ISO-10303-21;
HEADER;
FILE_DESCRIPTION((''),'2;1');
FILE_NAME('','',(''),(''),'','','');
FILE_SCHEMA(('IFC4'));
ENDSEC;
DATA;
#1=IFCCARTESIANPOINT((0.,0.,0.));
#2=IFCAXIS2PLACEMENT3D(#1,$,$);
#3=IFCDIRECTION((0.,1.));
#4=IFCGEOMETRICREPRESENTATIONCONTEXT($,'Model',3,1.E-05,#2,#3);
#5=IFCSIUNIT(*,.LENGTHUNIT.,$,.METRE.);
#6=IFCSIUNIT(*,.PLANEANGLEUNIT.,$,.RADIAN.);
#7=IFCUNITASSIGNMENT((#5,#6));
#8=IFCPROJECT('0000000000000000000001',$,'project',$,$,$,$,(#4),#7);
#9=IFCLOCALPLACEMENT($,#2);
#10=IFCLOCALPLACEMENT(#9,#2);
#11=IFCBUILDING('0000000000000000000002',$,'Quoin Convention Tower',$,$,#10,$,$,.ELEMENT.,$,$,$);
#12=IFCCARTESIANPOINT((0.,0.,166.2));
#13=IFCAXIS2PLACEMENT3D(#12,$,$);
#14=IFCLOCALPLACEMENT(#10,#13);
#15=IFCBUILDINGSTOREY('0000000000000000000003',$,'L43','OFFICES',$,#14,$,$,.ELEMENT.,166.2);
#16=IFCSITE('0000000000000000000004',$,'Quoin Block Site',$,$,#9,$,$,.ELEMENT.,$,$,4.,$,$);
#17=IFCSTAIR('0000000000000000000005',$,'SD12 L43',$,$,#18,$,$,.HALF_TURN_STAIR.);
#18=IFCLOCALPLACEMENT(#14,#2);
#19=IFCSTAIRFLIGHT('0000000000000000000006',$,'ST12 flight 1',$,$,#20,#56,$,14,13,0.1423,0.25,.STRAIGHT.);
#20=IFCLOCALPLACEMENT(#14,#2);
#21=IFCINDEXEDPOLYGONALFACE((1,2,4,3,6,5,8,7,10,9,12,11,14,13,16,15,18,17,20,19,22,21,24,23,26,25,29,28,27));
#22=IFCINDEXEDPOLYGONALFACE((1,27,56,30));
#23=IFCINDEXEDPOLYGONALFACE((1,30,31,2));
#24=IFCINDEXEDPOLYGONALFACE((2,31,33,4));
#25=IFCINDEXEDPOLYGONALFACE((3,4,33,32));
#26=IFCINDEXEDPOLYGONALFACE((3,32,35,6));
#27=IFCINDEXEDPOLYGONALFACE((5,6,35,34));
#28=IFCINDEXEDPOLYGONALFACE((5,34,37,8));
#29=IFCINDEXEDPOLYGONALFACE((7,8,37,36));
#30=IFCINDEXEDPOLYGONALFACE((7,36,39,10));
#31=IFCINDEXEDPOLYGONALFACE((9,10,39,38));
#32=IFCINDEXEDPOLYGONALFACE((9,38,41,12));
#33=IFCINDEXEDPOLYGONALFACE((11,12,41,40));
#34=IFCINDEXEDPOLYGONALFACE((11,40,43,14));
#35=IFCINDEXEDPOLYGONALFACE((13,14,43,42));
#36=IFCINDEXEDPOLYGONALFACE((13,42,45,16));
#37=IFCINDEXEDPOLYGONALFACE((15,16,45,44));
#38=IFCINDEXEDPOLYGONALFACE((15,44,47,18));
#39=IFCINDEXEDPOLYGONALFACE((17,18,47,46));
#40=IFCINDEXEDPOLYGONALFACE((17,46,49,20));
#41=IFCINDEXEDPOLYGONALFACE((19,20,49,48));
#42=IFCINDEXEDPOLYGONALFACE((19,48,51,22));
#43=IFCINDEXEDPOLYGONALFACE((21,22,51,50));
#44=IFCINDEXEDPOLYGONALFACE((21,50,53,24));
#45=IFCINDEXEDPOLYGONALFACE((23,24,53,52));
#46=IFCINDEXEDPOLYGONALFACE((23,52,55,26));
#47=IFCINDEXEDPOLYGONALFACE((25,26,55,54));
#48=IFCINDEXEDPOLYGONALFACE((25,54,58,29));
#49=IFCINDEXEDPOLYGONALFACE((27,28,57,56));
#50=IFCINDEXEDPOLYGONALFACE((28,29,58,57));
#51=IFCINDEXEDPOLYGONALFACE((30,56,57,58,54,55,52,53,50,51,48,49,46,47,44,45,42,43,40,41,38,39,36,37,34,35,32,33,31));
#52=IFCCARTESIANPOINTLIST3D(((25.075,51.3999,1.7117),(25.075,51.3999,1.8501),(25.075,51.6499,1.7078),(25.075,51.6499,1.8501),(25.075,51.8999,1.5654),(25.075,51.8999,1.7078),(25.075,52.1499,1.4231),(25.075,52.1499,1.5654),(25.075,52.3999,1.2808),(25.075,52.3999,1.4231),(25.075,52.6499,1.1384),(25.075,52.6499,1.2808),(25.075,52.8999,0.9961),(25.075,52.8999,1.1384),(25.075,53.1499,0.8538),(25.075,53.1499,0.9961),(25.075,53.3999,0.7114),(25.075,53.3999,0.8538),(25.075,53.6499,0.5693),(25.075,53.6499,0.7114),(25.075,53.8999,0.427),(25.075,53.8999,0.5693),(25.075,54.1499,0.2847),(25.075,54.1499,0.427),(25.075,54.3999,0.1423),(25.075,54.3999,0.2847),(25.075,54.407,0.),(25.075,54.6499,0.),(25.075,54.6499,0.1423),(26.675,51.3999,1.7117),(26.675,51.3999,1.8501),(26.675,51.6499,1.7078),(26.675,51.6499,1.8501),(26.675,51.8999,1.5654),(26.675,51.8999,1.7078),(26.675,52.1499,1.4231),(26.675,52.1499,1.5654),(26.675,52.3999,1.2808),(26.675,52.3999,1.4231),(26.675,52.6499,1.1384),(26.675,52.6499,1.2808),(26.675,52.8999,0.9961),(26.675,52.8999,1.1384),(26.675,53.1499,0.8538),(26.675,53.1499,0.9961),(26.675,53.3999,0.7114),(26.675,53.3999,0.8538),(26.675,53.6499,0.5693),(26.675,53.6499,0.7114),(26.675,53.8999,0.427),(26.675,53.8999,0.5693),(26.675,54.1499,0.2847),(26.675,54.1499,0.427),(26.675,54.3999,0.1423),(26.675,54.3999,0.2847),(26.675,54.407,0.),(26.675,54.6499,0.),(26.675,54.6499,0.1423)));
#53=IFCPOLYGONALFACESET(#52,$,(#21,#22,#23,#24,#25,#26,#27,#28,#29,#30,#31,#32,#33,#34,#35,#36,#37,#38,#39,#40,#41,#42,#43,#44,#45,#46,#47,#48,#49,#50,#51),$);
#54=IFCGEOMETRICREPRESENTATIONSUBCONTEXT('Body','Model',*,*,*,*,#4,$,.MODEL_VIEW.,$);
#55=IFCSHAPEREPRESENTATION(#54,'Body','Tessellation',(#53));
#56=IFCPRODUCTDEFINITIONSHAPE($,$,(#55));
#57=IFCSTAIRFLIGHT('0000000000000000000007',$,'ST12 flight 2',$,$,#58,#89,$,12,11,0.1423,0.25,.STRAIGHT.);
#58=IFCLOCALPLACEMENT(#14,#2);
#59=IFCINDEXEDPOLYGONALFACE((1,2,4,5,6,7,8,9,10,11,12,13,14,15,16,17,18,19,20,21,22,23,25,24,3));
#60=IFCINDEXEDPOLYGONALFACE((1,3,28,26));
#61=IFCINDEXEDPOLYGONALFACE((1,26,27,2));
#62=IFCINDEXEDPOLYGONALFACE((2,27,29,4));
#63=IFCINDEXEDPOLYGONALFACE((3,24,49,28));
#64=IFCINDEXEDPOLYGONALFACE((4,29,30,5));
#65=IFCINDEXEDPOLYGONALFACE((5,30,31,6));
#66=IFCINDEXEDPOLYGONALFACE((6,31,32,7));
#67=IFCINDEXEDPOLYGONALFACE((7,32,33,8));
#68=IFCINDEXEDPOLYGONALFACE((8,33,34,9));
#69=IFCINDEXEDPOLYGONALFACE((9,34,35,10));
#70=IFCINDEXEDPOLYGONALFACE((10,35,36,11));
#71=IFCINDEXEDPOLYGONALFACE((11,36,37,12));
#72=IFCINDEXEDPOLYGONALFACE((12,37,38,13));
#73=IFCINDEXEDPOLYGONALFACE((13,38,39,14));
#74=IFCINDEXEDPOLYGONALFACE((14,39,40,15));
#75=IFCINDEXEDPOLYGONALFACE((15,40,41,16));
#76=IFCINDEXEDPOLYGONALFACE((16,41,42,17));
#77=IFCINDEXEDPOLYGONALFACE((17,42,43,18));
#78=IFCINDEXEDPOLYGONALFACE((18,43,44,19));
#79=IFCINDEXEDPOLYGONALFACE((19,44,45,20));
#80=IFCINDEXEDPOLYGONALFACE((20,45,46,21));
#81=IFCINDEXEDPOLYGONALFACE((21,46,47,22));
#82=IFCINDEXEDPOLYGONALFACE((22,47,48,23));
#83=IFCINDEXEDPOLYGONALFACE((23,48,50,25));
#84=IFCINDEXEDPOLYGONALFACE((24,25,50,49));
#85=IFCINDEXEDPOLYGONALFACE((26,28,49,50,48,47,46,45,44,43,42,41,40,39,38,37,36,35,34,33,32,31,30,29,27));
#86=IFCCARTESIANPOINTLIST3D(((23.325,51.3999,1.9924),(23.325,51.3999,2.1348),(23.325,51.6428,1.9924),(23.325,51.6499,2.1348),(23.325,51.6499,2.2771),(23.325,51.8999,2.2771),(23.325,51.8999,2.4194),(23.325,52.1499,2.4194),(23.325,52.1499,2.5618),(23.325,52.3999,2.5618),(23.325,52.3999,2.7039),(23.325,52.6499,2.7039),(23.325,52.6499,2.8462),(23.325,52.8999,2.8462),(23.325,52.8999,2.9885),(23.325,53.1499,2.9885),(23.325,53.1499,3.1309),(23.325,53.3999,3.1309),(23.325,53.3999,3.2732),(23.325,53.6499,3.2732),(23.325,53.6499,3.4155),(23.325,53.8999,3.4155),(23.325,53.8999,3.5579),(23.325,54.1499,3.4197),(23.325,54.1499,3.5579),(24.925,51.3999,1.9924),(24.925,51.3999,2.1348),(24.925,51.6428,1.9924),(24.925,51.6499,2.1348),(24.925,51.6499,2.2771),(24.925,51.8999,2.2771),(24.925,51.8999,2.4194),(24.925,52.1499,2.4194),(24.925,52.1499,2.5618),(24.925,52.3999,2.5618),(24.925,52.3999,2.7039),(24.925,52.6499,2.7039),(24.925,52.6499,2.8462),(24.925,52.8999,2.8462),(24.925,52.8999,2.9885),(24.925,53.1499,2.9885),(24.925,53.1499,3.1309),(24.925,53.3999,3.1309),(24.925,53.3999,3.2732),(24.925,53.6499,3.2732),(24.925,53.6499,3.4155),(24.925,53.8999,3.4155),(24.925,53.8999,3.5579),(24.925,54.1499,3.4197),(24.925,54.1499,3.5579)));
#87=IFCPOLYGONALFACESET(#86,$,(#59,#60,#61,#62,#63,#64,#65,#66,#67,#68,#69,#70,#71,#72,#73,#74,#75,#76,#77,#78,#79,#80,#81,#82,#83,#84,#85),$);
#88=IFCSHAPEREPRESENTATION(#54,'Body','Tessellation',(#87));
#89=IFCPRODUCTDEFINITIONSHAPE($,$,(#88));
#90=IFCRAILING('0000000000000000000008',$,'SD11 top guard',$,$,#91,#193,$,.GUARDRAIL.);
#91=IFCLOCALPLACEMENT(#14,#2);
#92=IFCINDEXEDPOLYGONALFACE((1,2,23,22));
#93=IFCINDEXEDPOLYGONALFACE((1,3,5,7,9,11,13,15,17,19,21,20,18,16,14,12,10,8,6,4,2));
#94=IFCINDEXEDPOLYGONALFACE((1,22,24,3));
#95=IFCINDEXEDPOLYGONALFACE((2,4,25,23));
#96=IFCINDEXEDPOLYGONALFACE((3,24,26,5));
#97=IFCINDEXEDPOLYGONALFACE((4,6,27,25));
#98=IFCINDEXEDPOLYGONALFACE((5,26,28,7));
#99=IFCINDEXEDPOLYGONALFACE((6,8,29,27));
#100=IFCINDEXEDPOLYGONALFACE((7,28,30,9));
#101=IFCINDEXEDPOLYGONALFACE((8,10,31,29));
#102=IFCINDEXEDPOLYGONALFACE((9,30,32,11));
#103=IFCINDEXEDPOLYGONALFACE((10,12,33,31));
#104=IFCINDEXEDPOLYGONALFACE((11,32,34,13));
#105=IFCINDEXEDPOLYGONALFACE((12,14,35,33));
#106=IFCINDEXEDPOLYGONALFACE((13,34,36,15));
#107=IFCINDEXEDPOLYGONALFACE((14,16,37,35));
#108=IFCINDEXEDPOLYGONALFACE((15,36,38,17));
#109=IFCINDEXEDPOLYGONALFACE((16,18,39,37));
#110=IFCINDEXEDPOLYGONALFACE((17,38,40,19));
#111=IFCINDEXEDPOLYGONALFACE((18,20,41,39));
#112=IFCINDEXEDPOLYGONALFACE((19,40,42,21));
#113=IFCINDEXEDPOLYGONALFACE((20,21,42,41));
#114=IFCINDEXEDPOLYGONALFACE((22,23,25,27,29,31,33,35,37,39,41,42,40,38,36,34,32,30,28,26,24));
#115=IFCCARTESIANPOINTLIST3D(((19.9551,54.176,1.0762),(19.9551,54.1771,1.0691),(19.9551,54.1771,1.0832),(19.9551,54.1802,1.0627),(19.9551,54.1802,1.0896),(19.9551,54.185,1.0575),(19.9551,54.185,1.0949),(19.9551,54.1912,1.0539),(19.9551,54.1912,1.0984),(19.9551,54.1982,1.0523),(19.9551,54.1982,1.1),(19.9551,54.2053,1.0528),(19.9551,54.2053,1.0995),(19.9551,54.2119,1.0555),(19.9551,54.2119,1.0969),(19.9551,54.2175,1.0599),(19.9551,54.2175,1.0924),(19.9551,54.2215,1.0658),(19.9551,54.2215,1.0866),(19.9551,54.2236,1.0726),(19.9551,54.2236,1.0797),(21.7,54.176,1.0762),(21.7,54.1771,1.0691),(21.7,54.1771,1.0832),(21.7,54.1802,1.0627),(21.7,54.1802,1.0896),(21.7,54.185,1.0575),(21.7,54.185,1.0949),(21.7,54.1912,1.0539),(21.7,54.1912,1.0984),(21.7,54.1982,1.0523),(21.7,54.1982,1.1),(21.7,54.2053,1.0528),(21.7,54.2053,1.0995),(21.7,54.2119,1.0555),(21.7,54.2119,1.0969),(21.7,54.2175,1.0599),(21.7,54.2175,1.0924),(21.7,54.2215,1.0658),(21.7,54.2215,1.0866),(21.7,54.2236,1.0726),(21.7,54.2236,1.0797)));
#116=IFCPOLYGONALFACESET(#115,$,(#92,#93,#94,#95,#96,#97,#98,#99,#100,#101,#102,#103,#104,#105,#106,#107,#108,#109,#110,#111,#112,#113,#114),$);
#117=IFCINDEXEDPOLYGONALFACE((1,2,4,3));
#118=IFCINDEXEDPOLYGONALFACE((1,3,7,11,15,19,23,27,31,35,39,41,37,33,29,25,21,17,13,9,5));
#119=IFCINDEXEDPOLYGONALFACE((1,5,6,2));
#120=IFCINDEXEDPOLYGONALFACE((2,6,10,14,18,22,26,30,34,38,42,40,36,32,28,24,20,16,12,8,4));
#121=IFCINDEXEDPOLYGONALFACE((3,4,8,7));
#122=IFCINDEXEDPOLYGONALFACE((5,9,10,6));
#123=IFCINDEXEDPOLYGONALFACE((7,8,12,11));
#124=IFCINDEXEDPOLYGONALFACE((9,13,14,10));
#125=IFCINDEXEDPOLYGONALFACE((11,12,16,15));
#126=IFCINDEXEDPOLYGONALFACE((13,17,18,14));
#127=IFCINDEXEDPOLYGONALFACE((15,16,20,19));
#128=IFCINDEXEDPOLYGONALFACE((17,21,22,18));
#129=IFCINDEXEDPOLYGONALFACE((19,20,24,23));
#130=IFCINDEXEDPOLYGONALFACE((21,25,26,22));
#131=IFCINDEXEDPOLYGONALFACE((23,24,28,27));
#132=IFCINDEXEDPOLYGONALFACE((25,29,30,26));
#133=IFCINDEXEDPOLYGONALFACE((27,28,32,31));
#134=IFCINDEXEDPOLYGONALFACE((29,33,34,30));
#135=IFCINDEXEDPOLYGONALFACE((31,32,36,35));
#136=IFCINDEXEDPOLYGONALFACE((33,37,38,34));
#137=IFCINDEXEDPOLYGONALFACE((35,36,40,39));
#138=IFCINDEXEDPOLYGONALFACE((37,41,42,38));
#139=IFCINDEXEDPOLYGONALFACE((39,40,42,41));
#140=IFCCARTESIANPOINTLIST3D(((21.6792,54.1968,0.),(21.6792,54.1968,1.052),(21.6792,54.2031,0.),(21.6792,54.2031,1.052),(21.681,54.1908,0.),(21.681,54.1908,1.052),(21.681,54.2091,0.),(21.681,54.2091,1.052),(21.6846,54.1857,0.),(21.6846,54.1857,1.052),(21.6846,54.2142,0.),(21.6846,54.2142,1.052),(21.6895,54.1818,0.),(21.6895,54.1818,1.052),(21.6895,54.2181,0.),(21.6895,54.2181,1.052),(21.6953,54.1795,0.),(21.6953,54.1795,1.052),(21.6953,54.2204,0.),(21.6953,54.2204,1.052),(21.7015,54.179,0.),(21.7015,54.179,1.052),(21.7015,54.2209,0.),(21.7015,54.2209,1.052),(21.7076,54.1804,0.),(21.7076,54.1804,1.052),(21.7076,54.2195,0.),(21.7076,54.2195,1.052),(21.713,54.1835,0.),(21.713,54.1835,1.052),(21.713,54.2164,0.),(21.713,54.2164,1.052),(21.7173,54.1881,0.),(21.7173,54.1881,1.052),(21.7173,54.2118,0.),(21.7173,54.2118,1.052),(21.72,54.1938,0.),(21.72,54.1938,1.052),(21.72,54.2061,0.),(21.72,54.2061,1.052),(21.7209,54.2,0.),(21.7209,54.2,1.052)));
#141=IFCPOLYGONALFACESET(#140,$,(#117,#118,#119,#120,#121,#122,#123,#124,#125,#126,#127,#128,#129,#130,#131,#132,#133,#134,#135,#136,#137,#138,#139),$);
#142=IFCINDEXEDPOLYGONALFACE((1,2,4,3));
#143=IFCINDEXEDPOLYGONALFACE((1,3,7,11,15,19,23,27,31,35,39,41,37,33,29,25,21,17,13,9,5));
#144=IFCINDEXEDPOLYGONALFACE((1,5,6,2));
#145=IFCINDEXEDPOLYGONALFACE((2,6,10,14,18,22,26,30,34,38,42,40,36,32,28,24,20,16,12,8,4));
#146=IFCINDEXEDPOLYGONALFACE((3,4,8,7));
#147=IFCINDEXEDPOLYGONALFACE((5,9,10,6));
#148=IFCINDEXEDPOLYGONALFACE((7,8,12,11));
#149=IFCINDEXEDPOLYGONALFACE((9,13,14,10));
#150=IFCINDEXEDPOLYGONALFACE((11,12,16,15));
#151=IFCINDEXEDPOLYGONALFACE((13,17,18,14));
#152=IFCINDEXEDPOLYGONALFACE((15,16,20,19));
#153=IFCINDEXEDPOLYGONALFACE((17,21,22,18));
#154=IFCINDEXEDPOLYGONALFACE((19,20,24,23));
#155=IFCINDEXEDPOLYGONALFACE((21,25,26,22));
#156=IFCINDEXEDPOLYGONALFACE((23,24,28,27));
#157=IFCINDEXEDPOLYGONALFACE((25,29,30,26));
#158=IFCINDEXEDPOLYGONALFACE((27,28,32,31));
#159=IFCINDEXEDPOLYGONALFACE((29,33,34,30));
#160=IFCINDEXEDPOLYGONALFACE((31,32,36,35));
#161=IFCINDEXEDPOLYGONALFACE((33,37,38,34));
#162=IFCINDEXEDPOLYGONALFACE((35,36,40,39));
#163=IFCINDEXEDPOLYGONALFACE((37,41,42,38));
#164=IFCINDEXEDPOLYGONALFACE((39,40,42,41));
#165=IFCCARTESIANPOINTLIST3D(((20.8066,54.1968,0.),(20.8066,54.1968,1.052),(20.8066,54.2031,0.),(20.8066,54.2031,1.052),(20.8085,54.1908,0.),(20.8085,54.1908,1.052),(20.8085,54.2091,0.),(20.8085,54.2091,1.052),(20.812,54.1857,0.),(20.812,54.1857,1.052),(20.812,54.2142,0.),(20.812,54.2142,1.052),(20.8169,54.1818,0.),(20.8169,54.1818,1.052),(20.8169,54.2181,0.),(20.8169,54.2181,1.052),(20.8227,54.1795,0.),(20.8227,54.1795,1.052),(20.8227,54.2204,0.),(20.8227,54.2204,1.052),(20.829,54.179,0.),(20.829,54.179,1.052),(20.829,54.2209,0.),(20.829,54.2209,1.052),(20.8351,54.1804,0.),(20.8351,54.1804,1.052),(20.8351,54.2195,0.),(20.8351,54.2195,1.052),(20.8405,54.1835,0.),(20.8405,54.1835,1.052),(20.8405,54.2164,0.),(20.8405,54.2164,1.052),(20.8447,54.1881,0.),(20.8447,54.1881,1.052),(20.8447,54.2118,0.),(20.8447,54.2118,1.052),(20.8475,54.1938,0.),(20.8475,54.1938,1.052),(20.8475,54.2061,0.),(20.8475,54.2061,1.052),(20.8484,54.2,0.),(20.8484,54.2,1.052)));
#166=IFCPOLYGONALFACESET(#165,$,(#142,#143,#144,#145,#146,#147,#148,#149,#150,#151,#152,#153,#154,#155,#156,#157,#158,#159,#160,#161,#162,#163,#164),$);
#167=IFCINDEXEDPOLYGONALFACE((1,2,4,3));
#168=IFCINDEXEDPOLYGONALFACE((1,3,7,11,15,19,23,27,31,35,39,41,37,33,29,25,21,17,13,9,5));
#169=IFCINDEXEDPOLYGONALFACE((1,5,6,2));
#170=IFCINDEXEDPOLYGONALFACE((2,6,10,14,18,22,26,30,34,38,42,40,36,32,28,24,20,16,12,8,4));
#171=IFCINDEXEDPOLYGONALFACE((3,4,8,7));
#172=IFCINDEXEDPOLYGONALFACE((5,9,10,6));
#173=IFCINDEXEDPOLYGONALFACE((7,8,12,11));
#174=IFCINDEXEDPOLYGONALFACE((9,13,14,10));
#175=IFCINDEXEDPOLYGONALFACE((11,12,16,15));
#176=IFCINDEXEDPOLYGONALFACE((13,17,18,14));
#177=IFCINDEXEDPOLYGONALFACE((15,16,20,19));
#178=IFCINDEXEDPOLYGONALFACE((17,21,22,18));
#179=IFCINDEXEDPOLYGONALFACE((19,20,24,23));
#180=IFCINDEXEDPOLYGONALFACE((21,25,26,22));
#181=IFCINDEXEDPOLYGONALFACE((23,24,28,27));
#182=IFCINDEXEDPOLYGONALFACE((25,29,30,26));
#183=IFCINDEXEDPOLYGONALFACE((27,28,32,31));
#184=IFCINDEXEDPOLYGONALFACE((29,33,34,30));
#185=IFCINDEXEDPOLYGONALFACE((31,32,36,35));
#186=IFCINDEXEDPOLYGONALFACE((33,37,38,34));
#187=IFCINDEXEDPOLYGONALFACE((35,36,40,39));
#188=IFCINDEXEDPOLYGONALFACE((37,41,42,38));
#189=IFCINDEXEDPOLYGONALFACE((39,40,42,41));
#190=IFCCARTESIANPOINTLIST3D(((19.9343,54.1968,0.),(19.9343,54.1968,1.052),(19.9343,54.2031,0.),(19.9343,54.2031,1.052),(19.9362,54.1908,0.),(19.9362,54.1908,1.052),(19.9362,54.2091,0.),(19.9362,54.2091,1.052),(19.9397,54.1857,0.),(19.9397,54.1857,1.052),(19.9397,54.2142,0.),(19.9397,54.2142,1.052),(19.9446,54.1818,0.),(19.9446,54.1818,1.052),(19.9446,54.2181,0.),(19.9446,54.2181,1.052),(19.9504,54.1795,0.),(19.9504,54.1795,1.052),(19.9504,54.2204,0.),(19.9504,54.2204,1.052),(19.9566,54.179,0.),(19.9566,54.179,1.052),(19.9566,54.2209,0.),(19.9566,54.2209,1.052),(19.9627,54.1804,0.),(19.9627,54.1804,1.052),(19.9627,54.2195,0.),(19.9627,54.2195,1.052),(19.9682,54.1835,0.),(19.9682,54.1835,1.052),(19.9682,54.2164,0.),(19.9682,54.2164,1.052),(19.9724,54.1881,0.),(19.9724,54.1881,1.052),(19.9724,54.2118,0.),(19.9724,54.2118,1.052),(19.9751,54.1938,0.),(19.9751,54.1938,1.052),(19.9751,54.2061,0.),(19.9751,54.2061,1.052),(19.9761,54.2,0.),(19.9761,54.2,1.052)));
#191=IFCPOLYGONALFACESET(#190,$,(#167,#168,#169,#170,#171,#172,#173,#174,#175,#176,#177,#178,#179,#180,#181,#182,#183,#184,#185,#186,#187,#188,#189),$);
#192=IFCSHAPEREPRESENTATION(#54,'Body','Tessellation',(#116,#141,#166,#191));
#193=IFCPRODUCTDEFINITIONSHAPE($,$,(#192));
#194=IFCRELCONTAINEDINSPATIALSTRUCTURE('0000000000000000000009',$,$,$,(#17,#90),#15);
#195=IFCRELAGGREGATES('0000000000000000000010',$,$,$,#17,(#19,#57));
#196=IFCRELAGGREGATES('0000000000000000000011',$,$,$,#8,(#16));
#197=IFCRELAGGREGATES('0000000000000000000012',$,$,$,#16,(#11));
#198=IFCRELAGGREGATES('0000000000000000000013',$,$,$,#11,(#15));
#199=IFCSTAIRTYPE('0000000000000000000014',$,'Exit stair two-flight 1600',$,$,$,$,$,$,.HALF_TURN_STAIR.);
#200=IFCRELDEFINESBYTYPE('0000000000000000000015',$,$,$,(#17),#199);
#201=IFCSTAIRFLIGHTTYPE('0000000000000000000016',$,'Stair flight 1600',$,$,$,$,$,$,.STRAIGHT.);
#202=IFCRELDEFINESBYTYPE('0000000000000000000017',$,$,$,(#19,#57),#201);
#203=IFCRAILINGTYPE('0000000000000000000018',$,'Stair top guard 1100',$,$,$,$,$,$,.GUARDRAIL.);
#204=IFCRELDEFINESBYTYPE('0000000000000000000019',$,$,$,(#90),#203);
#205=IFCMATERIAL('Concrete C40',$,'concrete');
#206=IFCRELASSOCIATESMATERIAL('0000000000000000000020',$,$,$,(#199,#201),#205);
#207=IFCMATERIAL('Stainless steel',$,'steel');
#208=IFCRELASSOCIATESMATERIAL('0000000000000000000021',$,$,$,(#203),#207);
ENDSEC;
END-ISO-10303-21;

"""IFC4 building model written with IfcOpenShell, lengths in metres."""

from ifc_helpers import new_model, si_unit, direction, frame, origin, origin_2d, place, context, subcontext, project, spatial, polyline, circle, outline, extrude, material, type_object, element, aggregate, save


model = new_model("IFC4")

# Units and contexts
model_context = context("Model", 3, precision=1e-05, world=origin(), true_north=direction((0.0, 1.0)))
body_context = subcontext(model_context, "Body", "Model", "MODEL_VIEW")
ifc_project = project(units=[si_unit("LENGTHUNIT", "METRE"), si_unit("PLANEANGLEUNIT", "RADIAN")], contexts=[model_context])

# Site, building, storey
site_placement = place(None, origin())
site = spatial("IfcSite", under=ifc_project, at=site_placement, Name="Quoin Block Site", CompositionType="ELEMENT", RefElevation=4.0)
building_placement = place(site_placement, origin())
building = spatial("IfcBuilding", under=site, at=building_placement, Name="Quoin Convention Tower", CompositionType="ELEMENT")
storey_placement = place(building_placement, frame((0.0, 0.0, 166.2)))
storey = spatial("IfcBuildingStorey", under=building, at=storey_placement, Name="L43", Description="OFFICES", CompositionType="ELEMENT", Elevation=166.2)

# Stair, stair flights
ifc_material_1 = material(Name="Concrete C40", Category="concrete")
stair_type = type_object("IfcStairType", Name="Exit stair two-flight 1600", PredefinedType="HALF_TURN_STAIR", material=ifc_material_1)
stair_flight_type = type_object("IfcStairFlightType", Name="Stair flight 1600", PredefinedType="STRAIGHT", material=ifc_material_1)
stair_1_placement = place(storey_placement, origin())
stair_1 = element("IfcStair", 1, at=stair_1_placement, inside=storey, type_object=stair_type, Name="SD12 L43", PredefinedType="HALF_TURN_STAIR")
stair_flight_1_placement = place(storey_placement, frame((25.875, 54.6499, 0.0), z_axis=(0.0, 0.0, 1.0), x_axis=(0.0, -1.0, 0.0)))
stair_flight_1 = element("IfcStairFlight", 2, at=stair_flight_1_placement, type_object=stair_flight_type, Name="ST12 flight 1", NumberOfRisers=14, NumberOfTreads=13, PredefinedType="STRAIGHT", RiserHeight=0.1423, TreadLength=0.25, context=body_context, shape_type="SweptSolid", body=[
    extrude(outline(polyline([(0.0, 0.0), (0.0, 0.1423), (0.25, 0.1423), (0.25, 0.2847), (0.5, 0.2847), (0.5, 0.427), (0.75, 0.427), (0.75, 0.5693), (1.0, 0.5693), (1.0, 0.7114), (1.25, 0.7114), (1.25, 0.8538), (1.5, 0.8538), (1.5, 0.9961), (1.75, 0.9961), (1.75, 1.1384), (2.0, 1.1384), (2.0, 1.2808), (2.25, 1.2808), (2.25, 1.4231), (2.5, 1.4231), (2.5, 1.5654), (2.75, 1.5654), (2.75, 1.7078), (3.0, 1.7078), (3.0, 1.8501), (3.25, 1.8501), (3.25, 1.9922), (3.25, 1.7117), (0.2429, 0.0), (0.0, 0.0)])), frame((0.0, 0.8, 0.0), z_axis=(0.0, -1.0, 0.0), x_axis=(1.0, 0.0, 0.0)), (0.0, 0.0, 1.0), 1.6001),
])
stair_flight_2_placement = place(storey_placement, frame((24.125, 51.3999, 1.9924), z_axis=(0.0, 0.0, 1.0), x_axis=(0.0, 1.0, 0.0)))
stair_flight_2 = element("IfcStairFlight", 3, at=stair_flight_2_placement, type_object=stair_flight_type, Name="ST12 flight 2", NumberOfRisers=12, NumberOfTreads=11, PredefinedType="STRAIGHT", RiserHeight=0.1423, TreadLength=0.25, context=body_context, shape_type="SweptSolid", body=[
    extrude(outline(polyline([(0.0, 0.0), (0.0, 0.1423), (0.25, 0.1423), (0.25, 0.2847), (0.5, 0.2847), (0.5, 0.427), (0.75, 0.427), (0.75, 0.5693), (1.0, 0.5693), (1.0, 0.7114), (1.25, 0.7114), (1.25, 0.8538), (1.5, 0.8538), (1.5, 0.9961), (1.75, 0.9961), (1.75, 1.1384), (2.0, 1.1384), (2.0, 1.2808), (2.25, 1.2808), (2.25, 1.4231), (2.5, 1.4231), (2.5, 1.5654), (2.75, 1.5654), (2.75, 1.7078), (2.75, 1.4272), (0.2429, 0.0), (0.0, 0.0)])), frame((0.0, 0.8, 0.0), z_axis=(0.0, -1.0, 0.0), x_axis=(1.0, 0.0, 0.0)), (0.0, 0.0, 1.0), 1.6001),
])
aggregate(stair_1, [stair_flight_1, stair_flight_2])

# Railing
ifc_material_2 = material(Name="Stainless steel", Category="steel")
railing_type_1 = type_object("IfcRailingType", Name="Stair top guard 1100", PredefinedType="GUARDRAIL", material=ifc_material_2)
for number, where, name in (
    (4, (21.7, 54.2, 0.0), "SD11 top guard"),
):
    element("IfcRailing", number, at=place(storey_placement, frame(where)), inside=storey, type_object=railing_type_1, Name=name, PredefinedType="GUARDRAIL", context=body_context, shape_type="SweptSolid", body=[
        extrude(circle(Radius=0.0239, at=origin_2d()), frame((0.0, 0.0, 1.0762), z_axis=(-1.0, 0.0, 0.0), x_axis=(0.0, -1.0, 0.0)), (0.0, 0.0, 1.0), 1.7449),
        extrude(circle(Radius=0.021, at=origin_2d()), origin(), (0.0, 0.0, 1.0), 1.052),
        extrude(circle(Radius=0.021, at=origin_2d()), frame((-0.8726, 0.0, 0.0)), (0.0, 0.0, 1.0), 1.052),
        extrude(circle(Radius=0.021, at=origin_2d()), frame((-1.7449, 0.0, 0.0)), (0.0, 0.0, 1.0), 1.052),
    ])

save(model, "model.ifc")
